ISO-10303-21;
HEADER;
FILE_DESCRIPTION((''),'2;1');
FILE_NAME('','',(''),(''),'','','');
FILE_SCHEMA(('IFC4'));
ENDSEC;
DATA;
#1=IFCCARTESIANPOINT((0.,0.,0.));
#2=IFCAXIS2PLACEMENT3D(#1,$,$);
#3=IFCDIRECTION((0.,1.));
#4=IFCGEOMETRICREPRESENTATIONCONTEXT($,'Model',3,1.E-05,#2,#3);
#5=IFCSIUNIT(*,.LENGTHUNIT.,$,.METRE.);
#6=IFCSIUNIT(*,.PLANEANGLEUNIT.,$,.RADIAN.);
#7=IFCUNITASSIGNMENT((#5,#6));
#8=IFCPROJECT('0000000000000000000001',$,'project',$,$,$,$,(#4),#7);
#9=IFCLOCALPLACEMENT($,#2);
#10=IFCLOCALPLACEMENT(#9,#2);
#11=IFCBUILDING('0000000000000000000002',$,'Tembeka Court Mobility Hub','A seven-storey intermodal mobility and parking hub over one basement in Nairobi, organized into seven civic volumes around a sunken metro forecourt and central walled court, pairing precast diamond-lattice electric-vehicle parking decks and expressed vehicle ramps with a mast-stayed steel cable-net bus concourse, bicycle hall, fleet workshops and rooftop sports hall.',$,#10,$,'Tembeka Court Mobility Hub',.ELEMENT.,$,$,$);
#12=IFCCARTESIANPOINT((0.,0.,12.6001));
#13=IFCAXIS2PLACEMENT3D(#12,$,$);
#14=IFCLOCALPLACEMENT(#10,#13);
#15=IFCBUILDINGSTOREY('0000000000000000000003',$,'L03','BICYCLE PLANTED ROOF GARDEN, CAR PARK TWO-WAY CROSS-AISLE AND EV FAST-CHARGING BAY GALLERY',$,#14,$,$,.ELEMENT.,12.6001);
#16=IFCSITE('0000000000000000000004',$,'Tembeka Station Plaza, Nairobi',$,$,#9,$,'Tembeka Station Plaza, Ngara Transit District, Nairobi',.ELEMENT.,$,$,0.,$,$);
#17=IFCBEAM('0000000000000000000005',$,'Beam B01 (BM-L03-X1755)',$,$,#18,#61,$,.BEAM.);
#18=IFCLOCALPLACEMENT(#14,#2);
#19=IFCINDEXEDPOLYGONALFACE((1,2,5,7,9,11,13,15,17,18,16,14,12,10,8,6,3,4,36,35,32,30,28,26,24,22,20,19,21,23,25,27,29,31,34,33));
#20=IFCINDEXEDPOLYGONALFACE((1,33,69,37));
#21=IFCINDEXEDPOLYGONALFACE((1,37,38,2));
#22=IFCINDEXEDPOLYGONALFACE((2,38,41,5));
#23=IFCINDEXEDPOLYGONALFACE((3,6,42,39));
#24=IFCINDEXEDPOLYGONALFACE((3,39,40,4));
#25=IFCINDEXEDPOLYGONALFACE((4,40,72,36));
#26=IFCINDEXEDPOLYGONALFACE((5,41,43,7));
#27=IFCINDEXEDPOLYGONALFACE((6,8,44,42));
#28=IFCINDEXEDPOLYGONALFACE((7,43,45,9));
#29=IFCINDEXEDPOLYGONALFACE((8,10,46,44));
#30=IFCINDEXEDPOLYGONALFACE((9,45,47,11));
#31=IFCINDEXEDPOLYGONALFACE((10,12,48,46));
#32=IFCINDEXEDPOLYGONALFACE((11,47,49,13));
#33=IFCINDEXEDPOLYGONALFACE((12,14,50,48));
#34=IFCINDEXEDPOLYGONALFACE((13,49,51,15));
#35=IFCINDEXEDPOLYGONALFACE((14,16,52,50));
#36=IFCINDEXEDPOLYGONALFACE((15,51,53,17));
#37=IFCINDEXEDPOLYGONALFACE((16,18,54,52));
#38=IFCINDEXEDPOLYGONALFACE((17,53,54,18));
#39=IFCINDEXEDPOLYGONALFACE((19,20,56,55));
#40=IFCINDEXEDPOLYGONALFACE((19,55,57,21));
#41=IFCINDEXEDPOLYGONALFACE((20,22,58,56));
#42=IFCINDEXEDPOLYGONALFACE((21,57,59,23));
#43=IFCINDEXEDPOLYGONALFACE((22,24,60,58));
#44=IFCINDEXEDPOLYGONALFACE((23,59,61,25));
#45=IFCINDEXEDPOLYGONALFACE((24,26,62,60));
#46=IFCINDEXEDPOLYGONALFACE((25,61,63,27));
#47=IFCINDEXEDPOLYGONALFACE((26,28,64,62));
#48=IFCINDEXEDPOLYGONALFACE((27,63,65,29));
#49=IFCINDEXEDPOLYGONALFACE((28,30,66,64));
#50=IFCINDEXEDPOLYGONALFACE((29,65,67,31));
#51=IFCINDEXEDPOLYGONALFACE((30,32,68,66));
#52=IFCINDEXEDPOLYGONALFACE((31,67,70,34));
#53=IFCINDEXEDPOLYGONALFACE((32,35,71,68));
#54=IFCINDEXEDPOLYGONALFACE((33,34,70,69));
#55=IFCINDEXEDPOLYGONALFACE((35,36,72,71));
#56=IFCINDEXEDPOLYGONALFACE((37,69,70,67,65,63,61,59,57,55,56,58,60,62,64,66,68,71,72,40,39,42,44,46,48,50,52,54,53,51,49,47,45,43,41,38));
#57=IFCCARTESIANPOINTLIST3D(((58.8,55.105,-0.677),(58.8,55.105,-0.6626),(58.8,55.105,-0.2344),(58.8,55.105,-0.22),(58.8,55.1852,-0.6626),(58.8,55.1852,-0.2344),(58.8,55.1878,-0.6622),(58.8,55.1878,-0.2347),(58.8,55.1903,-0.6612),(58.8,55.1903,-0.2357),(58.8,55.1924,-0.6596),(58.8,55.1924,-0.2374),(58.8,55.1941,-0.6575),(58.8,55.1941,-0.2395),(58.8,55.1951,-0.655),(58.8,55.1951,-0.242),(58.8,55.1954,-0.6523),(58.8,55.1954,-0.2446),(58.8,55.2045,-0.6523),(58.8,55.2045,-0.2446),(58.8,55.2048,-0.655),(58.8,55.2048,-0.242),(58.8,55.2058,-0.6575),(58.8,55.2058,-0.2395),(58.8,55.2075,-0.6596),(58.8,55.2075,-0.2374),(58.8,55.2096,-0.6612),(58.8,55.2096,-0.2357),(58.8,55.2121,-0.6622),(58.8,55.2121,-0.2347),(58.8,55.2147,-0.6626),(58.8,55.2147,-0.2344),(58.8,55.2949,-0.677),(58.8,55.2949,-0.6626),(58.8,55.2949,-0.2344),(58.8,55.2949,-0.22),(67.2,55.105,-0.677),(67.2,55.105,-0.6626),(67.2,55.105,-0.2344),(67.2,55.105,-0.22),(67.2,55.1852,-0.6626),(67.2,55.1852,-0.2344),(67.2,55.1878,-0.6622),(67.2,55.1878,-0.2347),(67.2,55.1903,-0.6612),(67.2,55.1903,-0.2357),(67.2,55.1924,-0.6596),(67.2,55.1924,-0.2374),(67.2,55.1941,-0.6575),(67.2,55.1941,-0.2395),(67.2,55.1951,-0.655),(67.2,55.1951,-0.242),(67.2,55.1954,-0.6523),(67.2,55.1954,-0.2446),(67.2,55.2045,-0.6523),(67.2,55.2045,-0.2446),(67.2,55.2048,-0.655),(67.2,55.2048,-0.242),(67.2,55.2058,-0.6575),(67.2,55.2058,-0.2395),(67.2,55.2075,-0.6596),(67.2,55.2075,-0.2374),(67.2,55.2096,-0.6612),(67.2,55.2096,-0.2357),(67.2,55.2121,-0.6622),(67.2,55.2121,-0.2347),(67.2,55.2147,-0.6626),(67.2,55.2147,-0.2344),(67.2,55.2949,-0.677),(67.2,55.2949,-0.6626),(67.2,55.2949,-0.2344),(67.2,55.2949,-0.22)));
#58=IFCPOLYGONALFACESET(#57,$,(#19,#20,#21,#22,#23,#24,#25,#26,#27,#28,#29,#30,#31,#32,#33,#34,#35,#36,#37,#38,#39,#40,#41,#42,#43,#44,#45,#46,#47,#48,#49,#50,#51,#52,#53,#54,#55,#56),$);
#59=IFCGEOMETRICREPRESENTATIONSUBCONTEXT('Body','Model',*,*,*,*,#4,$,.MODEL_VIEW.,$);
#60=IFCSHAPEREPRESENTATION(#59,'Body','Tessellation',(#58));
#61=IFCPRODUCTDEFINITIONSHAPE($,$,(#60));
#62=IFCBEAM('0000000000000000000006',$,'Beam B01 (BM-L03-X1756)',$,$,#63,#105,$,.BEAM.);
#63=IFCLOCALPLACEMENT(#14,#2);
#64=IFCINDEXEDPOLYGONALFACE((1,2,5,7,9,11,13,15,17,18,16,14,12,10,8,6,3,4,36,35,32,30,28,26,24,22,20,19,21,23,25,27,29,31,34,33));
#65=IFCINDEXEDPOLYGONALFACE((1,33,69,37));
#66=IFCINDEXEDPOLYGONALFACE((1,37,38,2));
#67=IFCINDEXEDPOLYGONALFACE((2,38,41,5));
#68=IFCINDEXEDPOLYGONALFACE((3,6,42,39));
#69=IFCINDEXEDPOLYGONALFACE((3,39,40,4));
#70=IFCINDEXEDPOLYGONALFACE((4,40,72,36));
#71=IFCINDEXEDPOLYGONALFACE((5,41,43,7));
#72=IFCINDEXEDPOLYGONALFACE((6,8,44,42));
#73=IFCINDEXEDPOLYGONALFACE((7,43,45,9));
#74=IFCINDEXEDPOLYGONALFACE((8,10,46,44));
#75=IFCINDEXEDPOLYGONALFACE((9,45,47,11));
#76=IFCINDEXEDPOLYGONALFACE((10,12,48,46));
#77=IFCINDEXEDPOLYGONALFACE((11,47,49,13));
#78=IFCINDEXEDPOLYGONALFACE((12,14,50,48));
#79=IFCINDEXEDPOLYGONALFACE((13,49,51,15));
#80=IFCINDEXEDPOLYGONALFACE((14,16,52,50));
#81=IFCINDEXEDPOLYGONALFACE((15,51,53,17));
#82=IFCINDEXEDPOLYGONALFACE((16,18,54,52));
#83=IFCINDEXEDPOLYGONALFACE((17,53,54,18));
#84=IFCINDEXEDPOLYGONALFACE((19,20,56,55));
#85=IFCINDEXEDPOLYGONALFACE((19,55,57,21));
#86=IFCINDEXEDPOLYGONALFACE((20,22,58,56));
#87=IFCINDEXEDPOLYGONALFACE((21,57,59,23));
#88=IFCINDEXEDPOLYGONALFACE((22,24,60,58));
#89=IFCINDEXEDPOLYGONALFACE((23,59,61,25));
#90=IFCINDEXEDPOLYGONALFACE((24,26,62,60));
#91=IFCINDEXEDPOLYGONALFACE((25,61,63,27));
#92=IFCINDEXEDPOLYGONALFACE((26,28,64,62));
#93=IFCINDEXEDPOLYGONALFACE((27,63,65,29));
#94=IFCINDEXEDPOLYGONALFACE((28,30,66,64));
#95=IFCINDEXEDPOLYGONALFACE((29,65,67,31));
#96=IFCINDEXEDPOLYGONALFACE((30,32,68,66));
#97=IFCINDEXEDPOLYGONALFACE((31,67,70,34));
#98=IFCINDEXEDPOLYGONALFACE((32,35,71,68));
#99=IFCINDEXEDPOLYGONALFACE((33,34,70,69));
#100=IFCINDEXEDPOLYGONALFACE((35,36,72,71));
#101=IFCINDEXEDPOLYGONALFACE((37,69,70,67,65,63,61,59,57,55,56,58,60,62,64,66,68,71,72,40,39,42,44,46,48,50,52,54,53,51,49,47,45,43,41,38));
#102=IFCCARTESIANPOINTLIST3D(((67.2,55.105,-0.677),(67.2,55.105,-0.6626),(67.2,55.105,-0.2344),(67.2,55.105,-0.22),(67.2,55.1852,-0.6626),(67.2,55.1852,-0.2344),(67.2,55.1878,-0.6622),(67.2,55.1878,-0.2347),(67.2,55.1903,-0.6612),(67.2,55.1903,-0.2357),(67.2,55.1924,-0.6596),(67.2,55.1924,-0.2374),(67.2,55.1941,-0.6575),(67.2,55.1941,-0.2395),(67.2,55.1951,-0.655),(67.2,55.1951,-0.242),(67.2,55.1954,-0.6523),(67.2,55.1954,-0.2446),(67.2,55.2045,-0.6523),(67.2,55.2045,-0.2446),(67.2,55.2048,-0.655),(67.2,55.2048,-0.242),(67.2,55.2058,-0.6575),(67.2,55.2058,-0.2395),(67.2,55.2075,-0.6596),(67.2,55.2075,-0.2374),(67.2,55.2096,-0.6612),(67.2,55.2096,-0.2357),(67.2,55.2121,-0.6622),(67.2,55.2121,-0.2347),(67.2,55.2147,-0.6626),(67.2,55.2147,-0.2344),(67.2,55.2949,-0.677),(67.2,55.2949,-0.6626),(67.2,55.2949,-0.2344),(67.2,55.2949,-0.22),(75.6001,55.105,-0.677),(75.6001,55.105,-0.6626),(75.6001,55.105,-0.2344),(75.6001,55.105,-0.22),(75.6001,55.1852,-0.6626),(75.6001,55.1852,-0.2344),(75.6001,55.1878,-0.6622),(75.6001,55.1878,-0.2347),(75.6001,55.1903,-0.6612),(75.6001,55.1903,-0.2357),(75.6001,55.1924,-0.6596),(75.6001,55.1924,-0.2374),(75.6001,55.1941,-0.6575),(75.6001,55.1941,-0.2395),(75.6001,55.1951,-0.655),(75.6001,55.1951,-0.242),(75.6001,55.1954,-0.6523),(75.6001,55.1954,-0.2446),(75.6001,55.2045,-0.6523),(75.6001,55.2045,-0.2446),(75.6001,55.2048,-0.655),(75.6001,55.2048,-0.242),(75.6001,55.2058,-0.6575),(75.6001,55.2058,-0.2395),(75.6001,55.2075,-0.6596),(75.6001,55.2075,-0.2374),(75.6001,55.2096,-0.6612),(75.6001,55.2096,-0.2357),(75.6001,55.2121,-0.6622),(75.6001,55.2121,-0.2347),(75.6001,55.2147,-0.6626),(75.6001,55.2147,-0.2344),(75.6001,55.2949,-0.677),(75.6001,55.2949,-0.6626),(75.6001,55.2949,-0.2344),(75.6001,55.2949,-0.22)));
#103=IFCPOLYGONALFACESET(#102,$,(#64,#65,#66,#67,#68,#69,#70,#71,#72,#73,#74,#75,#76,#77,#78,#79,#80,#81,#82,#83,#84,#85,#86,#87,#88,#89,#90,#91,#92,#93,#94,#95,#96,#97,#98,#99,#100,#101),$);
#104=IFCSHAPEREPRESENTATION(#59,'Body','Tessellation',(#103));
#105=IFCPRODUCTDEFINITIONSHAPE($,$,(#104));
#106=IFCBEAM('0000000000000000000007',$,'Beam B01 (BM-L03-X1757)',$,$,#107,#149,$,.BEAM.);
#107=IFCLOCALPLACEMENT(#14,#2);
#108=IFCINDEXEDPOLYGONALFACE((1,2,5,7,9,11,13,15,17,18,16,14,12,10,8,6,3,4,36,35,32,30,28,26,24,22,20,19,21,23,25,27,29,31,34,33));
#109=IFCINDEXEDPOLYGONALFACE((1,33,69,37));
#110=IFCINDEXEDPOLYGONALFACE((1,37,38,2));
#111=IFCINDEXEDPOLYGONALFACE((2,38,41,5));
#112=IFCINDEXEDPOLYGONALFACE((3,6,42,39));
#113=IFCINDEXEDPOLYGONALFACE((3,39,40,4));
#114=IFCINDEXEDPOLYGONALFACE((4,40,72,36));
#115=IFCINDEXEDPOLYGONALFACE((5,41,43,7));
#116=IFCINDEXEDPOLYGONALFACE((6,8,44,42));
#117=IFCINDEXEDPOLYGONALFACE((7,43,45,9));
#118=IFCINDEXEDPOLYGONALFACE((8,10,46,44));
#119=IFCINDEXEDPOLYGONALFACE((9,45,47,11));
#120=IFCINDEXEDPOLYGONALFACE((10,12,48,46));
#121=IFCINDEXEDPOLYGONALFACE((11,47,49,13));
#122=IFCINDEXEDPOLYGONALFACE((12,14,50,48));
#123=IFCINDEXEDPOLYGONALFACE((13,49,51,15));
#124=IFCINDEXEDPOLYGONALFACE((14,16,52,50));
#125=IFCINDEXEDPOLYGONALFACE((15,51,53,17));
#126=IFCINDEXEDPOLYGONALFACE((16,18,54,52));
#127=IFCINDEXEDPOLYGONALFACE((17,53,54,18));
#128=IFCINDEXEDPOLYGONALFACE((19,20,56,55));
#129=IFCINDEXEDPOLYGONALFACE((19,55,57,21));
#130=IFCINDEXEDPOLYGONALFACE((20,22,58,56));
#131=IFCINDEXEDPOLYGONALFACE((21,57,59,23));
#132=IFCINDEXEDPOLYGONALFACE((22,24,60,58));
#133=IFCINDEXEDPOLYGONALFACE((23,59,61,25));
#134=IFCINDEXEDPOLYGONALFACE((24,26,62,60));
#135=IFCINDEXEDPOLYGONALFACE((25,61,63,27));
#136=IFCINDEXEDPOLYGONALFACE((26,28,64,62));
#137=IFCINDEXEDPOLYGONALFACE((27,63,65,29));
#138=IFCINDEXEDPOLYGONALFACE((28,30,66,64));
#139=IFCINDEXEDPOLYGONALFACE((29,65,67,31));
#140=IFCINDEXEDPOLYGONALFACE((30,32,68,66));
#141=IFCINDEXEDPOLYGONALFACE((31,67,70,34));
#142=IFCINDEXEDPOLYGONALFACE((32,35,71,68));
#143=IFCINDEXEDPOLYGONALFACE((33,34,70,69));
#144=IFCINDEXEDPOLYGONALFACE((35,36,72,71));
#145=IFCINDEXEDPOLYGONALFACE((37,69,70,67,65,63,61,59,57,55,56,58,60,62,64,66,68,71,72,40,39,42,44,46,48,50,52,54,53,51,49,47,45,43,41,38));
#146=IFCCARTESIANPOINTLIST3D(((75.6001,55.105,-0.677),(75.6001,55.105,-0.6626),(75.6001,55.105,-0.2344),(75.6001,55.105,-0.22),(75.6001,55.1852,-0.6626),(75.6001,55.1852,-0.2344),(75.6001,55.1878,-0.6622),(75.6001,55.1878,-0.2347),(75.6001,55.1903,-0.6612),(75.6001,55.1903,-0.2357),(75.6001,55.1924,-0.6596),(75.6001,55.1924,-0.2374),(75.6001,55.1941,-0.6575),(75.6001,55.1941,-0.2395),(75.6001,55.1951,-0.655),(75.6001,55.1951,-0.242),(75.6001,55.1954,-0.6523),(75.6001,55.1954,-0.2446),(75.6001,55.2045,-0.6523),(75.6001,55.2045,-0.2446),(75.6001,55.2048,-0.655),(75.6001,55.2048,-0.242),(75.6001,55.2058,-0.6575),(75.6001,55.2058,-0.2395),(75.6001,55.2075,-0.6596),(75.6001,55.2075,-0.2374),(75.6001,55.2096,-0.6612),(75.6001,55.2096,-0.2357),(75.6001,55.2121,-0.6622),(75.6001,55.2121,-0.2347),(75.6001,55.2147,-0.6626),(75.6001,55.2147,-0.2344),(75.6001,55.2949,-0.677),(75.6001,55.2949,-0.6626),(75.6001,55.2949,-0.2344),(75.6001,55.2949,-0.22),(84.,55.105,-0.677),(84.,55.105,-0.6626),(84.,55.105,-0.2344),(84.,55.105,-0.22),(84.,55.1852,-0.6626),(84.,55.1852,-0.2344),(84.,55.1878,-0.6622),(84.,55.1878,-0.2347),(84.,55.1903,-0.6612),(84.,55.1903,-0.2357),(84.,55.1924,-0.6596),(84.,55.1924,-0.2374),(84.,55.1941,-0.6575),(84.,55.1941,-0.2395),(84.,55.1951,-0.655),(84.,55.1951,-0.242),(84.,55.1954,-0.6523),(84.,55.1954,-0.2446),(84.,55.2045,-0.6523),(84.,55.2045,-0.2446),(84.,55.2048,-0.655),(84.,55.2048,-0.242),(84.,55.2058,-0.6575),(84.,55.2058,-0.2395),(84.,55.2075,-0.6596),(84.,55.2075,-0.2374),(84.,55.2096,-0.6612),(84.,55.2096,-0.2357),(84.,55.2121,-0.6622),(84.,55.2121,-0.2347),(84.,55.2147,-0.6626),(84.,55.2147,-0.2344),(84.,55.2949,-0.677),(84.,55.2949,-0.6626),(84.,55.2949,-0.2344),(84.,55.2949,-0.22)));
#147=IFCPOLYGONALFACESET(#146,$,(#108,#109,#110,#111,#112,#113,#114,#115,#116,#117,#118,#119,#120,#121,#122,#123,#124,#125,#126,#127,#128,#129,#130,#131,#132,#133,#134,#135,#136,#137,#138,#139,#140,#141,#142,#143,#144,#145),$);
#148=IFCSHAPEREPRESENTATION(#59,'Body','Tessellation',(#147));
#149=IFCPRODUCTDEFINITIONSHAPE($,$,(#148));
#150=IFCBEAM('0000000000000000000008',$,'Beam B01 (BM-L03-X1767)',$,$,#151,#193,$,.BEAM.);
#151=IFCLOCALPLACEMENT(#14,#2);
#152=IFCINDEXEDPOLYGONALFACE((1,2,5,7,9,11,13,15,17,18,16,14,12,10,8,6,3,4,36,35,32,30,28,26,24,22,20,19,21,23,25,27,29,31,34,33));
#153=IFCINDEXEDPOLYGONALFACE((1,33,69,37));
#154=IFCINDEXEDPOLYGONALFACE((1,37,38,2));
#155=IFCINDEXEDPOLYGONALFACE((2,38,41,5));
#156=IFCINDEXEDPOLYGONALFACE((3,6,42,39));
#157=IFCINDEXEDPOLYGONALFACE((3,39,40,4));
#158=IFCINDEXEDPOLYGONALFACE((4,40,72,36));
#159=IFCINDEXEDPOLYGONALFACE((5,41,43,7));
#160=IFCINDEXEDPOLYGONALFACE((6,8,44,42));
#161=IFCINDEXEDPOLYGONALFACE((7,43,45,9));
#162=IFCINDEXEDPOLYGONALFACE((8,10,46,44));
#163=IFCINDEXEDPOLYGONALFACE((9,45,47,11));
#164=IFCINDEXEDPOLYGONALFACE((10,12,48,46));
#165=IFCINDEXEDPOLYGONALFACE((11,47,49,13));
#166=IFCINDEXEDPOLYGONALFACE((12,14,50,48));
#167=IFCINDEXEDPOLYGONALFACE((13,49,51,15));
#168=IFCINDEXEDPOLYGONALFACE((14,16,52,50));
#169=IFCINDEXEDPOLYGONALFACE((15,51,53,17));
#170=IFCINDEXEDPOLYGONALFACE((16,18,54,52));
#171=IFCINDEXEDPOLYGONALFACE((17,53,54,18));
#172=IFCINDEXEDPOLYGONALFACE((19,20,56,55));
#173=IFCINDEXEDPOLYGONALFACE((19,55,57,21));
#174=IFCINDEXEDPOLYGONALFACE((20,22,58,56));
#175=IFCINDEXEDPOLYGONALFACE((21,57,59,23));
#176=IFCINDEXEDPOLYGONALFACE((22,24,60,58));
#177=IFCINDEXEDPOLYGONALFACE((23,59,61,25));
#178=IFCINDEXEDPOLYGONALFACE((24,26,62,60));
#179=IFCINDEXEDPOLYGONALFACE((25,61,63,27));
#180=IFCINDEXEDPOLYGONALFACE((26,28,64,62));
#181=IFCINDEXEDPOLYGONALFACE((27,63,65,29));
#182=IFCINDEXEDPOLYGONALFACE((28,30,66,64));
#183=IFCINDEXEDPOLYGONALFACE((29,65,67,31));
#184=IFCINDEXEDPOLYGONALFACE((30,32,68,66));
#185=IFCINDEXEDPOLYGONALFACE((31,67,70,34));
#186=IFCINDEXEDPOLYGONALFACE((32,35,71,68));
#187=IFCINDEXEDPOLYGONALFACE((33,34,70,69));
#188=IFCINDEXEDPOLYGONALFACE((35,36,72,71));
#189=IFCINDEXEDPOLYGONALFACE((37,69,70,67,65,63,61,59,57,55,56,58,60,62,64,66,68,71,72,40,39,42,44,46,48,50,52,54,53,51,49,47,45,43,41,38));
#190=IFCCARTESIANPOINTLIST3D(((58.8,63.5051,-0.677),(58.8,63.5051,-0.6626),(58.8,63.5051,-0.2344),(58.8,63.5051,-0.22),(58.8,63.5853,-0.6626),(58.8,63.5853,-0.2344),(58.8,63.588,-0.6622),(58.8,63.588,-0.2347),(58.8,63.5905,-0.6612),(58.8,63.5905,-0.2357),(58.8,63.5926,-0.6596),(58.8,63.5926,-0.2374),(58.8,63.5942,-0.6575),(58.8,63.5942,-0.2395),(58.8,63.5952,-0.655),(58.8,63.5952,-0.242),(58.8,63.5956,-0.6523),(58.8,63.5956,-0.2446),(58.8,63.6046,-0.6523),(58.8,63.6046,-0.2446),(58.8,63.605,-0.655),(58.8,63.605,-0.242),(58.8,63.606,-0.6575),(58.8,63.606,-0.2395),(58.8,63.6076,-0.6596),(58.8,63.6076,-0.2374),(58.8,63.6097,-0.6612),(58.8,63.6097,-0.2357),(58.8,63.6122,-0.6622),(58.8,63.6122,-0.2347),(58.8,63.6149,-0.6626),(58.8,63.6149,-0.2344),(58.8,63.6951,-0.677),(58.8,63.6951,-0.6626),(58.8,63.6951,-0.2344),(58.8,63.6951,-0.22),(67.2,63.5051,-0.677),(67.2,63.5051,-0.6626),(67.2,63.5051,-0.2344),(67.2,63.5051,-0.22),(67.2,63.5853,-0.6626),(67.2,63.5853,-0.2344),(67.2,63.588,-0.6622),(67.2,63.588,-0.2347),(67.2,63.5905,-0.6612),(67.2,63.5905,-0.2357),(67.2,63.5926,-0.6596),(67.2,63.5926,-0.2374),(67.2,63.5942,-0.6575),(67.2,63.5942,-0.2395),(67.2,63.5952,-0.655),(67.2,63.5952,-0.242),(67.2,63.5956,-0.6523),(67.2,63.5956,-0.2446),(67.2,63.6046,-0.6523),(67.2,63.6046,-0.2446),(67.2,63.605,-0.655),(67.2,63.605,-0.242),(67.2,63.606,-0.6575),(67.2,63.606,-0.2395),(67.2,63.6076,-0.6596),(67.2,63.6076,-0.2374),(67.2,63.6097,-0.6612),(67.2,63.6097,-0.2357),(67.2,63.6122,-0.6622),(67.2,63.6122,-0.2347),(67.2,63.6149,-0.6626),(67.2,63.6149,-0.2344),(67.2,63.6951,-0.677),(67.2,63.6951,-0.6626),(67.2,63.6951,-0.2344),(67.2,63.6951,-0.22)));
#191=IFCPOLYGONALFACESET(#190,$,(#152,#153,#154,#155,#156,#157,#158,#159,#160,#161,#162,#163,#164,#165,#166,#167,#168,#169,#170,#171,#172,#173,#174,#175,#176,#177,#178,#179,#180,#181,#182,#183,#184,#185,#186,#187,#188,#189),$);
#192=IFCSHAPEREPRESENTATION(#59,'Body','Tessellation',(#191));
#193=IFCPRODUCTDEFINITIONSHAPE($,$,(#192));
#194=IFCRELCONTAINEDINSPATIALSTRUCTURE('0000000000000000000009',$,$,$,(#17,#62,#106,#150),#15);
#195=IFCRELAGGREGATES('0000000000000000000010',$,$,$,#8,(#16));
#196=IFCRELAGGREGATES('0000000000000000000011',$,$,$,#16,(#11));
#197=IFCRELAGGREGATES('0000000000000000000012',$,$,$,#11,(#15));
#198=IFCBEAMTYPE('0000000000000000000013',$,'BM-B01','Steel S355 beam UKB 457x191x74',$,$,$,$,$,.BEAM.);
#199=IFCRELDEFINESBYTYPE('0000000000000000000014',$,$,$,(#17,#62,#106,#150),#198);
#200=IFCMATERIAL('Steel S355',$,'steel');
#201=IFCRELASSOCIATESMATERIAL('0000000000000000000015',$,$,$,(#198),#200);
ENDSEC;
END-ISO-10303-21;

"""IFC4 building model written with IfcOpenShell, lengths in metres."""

from ifc_helpers import new_model, si_unit, direction, frame, origin, origin_2d, place, context, subcontext, project, spatial, i_section, extrude, material, material_profile, profile_set, type_object, element, save


model = new_model("IFC4")

# Units and contexts
model_context = context("Model", 3, precision=1e-05, world=origin(), true_north=direction((0.0, 1.0)))
body_context = subcontext(model_context, "Body", "Model", "MODEL_VIEW")
ifc_project = project(units=[si_unit("LENGTHUNIT", "METRE"), si_unit("PLANEANGLEUNIT", "RADIAN")], contexts=[model_context])

# Site, building, storey
site_placement = place(None, origin())
site = spatial("IfcSite", under=ifc_project, at=site_placement, Name="Tembeka Station Plaza, Nairobi", LongName="Tembeka Station Plaza, Ngara Transit District, Nairobi", CompositionType="ELEMENT", RefElevation=0.0)
building_placement = place(site_placement, origin())
building = spatial("IfcBuilding", under=site, at=building_placement, Name="Tembeka Court Mobility Hub", Description="A seven-storey intermodal mobility and parking hub over one basement in Nairobi, organized into seven civic volumes around a sunken metro forecourt and central walled court, pairing precast diamond-lattice electric-vehicle parking decks and expressed vehicle ramps with a mast-stayed steel cable-net bus concourse, bicycle hall, fleet workshops and rooftop sports hall.", LongName="Tembeka Court Mobility Hub", CompositionType="ELEMENT")
storey_placement = place(building_placement, frame((0.0, 0.0, 12.6001)))
storey = spatial("IfcBuildingStorey", under=building, at=storey_placement, Name="L03", Description="BICYCLE PLANTED ROOF GARDEN, CAR PARK TWO-WAY CROSS-AISLE AND EV FAST-CHARGING BAY GALLERY", CompositionType="ELEMENT", Elevation=12.6001)

# Shared definitions
ifc_material_1 = material(Name="Steel S355", Category="steel")

# Beams
ifc_material_profile_1 = material_profile(ifc_material_1, i_section(OverallWidth=0.1899, OverallDepth=0.457, WebThickness=0.009, FlangeThickness=0.0144, FilletRadius=0.0103, at=origin_2d()), Name="UKB 457x191x74")
ifc_profile_set_1 = profile_set([ifc_material_profile_1], Name="Steel S355")
beam_type_1 = type_object("IfcBeamType", Name="BM-B01", Description="Steel S355 beam UKB 457x191x74", PredefinedType="BEAM", material=ifc_profile_set_1)
beam_1_placement = place(storey_placement, frame((58.8, 55.2, -0.4485), z_axis=(1.0, 0.0, 0.0), x_axis=(0.0, 1.0, 0.0)))
element("IfcBeam", 1, at=beam_1_placement, inside=storey, type_object=beam_type_1, Name="Beam B01 (BM-L03-X1755)", PredefinedType="BEAM", context=body_context, shape_type="SweptSolid", body=[
    extrude(i_section(OverallWidth=0.1899, OverallDepth=0.457, WebThickness=0.009, FlangeThickness=0.0144, FilletRadius=0.0103, at=origin_2d()), origin(), (0.0, 0.0, 1.0), 8.3999),
])
beam_2_placement = place(storey_placement, frame((67.2, 55.2, -0.4485), z_axis=(1.0, 0.0, 0.0), x_axis=(0.0, 1.0, 0.0)))
element("IfcBeam", 2, at=beam_2_placement, inside=storey, type_object=beam_type_1, Name="Beam B01 (BM-L03-X1756)", PredefinedType="BEAM", context=body_context, shape_type="SweptSolid", body=[
    extrude(i_section(OverallWidth=0.1899, OverallDepth=0.457, WebThickness=0.009, FlangeThickness=0.0144, FilletRadius=0.0103, at=origin_2d()), origin(), (0.0, 0.0, 1.0), 8.4001),
])
for number, where, z_axis, x_axis, name in (
    (3, (75.6001, 55.2, -0.4485), (1.0, 0.0, 0.0), (0.0, 1.0, 0.0), "Beam B01 (BM-L03-X1757)"),
    (4, (58.8, 63.6001, -0.4485), (1.0, 0.0, 0.0), (0.0, 1.0, 0.0), "Beam B01 (BM-L03-X1767)"),
):
    element("IfcBeam", number, at=place(storey_placement, frame(where, z_axis=z_axis, x_axis=x_axis)), inside=storey, type_object=beam_type_1, Name=name, PredefinedType="BEAM", context=body_context, shape_type="SweptSolid", body=[
        extrude(i_section(OverallWidth=0.1899, OverallDepth=0.457, WebThickness=0.009, FlangeThickness=0.0144, FilletRadius=0.0103, at=origin_2d()), origin(), (0.0, 0.0, 1.0), 8.3999),
    ])

save(model, "model.ifc")
